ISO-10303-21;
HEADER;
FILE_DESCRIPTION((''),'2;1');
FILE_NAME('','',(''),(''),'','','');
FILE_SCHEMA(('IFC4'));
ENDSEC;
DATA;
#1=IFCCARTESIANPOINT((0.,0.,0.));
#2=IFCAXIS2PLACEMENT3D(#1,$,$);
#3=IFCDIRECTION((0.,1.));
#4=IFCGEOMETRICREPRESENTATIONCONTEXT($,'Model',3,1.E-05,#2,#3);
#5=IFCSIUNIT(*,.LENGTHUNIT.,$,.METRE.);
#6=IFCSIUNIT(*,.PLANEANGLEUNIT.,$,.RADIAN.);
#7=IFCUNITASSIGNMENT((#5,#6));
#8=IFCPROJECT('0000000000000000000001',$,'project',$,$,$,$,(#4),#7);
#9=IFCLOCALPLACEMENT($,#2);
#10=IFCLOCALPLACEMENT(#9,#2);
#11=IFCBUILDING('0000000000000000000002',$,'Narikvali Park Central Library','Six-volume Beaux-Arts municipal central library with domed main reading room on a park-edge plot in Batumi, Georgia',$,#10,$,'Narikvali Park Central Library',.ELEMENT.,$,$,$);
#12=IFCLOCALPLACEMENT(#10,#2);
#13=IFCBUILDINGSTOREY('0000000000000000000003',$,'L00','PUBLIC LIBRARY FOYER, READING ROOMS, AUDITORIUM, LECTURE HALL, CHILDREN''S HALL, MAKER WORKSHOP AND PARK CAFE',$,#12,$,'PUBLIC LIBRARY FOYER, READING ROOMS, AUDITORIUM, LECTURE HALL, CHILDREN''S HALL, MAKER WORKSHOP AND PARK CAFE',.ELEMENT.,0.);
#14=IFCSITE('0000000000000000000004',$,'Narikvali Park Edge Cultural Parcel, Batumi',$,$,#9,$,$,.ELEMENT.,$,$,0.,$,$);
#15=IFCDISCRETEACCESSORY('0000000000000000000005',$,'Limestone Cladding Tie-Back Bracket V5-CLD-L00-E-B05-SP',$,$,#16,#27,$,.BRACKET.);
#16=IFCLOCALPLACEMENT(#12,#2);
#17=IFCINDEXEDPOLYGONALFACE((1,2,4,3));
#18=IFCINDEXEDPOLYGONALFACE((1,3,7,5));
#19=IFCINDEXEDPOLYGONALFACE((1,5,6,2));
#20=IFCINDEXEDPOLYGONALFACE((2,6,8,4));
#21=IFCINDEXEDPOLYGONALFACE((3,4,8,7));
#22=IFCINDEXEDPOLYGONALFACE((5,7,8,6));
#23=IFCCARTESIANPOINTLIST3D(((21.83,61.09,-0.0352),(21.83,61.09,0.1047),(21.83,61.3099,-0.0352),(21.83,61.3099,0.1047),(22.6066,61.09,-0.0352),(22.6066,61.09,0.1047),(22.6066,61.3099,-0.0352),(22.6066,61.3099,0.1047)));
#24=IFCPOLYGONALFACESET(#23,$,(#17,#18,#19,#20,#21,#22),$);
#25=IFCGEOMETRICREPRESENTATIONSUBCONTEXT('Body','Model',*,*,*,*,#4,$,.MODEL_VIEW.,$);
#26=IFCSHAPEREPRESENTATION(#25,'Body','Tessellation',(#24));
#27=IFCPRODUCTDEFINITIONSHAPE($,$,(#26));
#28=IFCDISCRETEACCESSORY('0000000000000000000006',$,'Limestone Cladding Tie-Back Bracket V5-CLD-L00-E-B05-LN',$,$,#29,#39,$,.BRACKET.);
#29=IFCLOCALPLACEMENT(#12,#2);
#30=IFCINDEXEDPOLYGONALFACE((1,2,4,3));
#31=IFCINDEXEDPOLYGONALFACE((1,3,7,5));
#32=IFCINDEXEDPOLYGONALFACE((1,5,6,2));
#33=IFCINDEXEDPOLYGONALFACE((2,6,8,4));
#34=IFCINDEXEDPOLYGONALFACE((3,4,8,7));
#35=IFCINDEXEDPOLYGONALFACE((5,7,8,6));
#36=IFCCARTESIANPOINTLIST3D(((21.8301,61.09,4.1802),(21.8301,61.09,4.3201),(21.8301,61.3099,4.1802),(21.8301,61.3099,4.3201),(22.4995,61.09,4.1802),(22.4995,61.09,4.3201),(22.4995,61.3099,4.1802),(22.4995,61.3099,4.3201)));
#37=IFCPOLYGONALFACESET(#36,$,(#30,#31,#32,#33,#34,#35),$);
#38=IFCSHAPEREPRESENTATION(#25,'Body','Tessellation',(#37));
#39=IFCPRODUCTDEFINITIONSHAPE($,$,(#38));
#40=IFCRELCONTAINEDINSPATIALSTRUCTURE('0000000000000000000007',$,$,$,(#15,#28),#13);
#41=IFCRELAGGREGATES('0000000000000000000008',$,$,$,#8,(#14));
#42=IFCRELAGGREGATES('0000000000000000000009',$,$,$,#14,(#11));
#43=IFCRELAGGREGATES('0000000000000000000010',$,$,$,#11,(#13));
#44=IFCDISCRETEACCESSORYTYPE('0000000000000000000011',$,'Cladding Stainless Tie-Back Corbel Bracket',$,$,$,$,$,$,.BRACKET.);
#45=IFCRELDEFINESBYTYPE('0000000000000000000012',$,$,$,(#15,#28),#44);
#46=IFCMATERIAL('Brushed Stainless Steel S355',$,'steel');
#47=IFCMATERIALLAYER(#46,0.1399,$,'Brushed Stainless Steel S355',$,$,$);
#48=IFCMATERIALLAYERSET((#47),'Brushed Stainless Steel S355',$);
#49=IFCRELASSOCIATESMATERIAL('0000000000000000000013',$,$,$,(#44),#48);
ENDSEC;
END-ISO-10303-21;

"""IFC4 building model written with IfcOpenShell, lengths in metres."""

from ifc_helpers import new_model, si_unit, direction, frame, origin, origin_2d, place, context, subcontext, project, spatial, rectangle, extrude, material, layer, layer_set, type_object, element, save


model = new_model("IFC4")

# Units and contexts
model_context = context("Model", 3, precision=1e-05, world=origin(), true_north=direction((0.0, 1.0)))
body_context = subcontext(model_context, "Body", "Model", "MODEL_VIEW")
ifc_project = project(units=[si_unit("LENGTHUNIT", "METRE"), si_unit("PLANEANGLEUNIT", "RADIAN")], contexts=[model_context])

# Site, building, storey
site_placement = place(None, origin())
site = spatial("IfcSite", under=ifc_project, at=site_placement, Name="Narikvali Park Edge Cultural Parcel, Batumi", CompositionType="ELEMENT", RefElevation=0.0)
building_placement = place(site_placement, origin())
building = spatial("IfcBuilding", under=site, at=building_placement, Name="Narikvali Park Central Library", Description="Six-volume Beaux-Arts municipal central library with domed main reading room on a park-edge plot in Batumi, Georgia", LongName="Narikvali Park Central Library", CompositionType="ELEMENT")
storey_placement = place(building_placement, origin())
storey = spatial("IfcBuildingStorey", under=building, at=storey_placement, Name="L00", Description="PUBLIC LIBRARY FOYER, READING ROOMS, AUDITORIUM, LECTURE HALL, CHILDREN'S HALL, MAKER WORKSHOP AND PARK CAFE", LongName="PUBLIC LIBRARY FOYER, READING ROOMS, AUDITORIUM, LECTURE HALL, CHILDREN'S HALL, MAKER WORKSHOP AND PARK CAFE", CompositionType="ELEMENT", Elevation=0.0)

# Discrete accessories
ifc_material_1 = material(Name="Brushed Stainless Steel S355", Category="steel")
ifc_layer_1 = layer(ifc_material_1, 0.1399, Name="Brushed Stainless Steel S355")
ifc_layer_set_1 = layer_set([ifc_layer_1], Name="Brushed Stainless Steel S355")
discrete_accessory_type = type_object("IfcDiscreteAccessoryType", Name="Cladding Stainless Tie-Back Corbel Bracket", PredefinedType="BRACKET", material=ifc_layer_set_1)
discrete_accessory_1_placement = place(storey_placement, frame((22.2183, 61.2, -0.0352), z_axis=(0.0, 0.0, 1.0), x_axis=(1.0, 0.0, 0.0)))
element("IfcDiscreteAccessory", 1, at=discrete_accessory_1_placement, inside=storey, type_object=discrete_accessory_type, Name="Limestone Cladding Tie-Back Bracket V5-CLD-L00-E-B05-SP", PredefinedType="BRACKET", context=body_context, shape_type="SweptSolid", body=[
    extrude(rectangle(XDim=0.7766, YDim=0.22, at=origin_2d()), origin(), (0.0, 0.0, 1.0), 0.1399),
])
discrete_accessory_2_placement = place(storey_placement, frame((22.1648, 61.2, 4.1802), z_axis=(0.0, 0.0, 1.0), x_axis=(1.0, 0.0, 0.0)))
element("IfcDiscreteAccessory", 2, at=discrete_accessory_2_placement, inside=storey, type_object=discrete_accessory_type, Name="Limestone Cladding Tie-Back Bracket V5-CLD-L00-E-B05-LN", PredefinedType="BRACKET", context=body_context, shape_type="SweptSolid", body=[
    extrude(rectangle(XDim=0.6694, YDim=0.22, at=origin_2d()), origin(), (0.0, 0.0, 1.0), 0.1399),
])

save(model, "model.ifc")
